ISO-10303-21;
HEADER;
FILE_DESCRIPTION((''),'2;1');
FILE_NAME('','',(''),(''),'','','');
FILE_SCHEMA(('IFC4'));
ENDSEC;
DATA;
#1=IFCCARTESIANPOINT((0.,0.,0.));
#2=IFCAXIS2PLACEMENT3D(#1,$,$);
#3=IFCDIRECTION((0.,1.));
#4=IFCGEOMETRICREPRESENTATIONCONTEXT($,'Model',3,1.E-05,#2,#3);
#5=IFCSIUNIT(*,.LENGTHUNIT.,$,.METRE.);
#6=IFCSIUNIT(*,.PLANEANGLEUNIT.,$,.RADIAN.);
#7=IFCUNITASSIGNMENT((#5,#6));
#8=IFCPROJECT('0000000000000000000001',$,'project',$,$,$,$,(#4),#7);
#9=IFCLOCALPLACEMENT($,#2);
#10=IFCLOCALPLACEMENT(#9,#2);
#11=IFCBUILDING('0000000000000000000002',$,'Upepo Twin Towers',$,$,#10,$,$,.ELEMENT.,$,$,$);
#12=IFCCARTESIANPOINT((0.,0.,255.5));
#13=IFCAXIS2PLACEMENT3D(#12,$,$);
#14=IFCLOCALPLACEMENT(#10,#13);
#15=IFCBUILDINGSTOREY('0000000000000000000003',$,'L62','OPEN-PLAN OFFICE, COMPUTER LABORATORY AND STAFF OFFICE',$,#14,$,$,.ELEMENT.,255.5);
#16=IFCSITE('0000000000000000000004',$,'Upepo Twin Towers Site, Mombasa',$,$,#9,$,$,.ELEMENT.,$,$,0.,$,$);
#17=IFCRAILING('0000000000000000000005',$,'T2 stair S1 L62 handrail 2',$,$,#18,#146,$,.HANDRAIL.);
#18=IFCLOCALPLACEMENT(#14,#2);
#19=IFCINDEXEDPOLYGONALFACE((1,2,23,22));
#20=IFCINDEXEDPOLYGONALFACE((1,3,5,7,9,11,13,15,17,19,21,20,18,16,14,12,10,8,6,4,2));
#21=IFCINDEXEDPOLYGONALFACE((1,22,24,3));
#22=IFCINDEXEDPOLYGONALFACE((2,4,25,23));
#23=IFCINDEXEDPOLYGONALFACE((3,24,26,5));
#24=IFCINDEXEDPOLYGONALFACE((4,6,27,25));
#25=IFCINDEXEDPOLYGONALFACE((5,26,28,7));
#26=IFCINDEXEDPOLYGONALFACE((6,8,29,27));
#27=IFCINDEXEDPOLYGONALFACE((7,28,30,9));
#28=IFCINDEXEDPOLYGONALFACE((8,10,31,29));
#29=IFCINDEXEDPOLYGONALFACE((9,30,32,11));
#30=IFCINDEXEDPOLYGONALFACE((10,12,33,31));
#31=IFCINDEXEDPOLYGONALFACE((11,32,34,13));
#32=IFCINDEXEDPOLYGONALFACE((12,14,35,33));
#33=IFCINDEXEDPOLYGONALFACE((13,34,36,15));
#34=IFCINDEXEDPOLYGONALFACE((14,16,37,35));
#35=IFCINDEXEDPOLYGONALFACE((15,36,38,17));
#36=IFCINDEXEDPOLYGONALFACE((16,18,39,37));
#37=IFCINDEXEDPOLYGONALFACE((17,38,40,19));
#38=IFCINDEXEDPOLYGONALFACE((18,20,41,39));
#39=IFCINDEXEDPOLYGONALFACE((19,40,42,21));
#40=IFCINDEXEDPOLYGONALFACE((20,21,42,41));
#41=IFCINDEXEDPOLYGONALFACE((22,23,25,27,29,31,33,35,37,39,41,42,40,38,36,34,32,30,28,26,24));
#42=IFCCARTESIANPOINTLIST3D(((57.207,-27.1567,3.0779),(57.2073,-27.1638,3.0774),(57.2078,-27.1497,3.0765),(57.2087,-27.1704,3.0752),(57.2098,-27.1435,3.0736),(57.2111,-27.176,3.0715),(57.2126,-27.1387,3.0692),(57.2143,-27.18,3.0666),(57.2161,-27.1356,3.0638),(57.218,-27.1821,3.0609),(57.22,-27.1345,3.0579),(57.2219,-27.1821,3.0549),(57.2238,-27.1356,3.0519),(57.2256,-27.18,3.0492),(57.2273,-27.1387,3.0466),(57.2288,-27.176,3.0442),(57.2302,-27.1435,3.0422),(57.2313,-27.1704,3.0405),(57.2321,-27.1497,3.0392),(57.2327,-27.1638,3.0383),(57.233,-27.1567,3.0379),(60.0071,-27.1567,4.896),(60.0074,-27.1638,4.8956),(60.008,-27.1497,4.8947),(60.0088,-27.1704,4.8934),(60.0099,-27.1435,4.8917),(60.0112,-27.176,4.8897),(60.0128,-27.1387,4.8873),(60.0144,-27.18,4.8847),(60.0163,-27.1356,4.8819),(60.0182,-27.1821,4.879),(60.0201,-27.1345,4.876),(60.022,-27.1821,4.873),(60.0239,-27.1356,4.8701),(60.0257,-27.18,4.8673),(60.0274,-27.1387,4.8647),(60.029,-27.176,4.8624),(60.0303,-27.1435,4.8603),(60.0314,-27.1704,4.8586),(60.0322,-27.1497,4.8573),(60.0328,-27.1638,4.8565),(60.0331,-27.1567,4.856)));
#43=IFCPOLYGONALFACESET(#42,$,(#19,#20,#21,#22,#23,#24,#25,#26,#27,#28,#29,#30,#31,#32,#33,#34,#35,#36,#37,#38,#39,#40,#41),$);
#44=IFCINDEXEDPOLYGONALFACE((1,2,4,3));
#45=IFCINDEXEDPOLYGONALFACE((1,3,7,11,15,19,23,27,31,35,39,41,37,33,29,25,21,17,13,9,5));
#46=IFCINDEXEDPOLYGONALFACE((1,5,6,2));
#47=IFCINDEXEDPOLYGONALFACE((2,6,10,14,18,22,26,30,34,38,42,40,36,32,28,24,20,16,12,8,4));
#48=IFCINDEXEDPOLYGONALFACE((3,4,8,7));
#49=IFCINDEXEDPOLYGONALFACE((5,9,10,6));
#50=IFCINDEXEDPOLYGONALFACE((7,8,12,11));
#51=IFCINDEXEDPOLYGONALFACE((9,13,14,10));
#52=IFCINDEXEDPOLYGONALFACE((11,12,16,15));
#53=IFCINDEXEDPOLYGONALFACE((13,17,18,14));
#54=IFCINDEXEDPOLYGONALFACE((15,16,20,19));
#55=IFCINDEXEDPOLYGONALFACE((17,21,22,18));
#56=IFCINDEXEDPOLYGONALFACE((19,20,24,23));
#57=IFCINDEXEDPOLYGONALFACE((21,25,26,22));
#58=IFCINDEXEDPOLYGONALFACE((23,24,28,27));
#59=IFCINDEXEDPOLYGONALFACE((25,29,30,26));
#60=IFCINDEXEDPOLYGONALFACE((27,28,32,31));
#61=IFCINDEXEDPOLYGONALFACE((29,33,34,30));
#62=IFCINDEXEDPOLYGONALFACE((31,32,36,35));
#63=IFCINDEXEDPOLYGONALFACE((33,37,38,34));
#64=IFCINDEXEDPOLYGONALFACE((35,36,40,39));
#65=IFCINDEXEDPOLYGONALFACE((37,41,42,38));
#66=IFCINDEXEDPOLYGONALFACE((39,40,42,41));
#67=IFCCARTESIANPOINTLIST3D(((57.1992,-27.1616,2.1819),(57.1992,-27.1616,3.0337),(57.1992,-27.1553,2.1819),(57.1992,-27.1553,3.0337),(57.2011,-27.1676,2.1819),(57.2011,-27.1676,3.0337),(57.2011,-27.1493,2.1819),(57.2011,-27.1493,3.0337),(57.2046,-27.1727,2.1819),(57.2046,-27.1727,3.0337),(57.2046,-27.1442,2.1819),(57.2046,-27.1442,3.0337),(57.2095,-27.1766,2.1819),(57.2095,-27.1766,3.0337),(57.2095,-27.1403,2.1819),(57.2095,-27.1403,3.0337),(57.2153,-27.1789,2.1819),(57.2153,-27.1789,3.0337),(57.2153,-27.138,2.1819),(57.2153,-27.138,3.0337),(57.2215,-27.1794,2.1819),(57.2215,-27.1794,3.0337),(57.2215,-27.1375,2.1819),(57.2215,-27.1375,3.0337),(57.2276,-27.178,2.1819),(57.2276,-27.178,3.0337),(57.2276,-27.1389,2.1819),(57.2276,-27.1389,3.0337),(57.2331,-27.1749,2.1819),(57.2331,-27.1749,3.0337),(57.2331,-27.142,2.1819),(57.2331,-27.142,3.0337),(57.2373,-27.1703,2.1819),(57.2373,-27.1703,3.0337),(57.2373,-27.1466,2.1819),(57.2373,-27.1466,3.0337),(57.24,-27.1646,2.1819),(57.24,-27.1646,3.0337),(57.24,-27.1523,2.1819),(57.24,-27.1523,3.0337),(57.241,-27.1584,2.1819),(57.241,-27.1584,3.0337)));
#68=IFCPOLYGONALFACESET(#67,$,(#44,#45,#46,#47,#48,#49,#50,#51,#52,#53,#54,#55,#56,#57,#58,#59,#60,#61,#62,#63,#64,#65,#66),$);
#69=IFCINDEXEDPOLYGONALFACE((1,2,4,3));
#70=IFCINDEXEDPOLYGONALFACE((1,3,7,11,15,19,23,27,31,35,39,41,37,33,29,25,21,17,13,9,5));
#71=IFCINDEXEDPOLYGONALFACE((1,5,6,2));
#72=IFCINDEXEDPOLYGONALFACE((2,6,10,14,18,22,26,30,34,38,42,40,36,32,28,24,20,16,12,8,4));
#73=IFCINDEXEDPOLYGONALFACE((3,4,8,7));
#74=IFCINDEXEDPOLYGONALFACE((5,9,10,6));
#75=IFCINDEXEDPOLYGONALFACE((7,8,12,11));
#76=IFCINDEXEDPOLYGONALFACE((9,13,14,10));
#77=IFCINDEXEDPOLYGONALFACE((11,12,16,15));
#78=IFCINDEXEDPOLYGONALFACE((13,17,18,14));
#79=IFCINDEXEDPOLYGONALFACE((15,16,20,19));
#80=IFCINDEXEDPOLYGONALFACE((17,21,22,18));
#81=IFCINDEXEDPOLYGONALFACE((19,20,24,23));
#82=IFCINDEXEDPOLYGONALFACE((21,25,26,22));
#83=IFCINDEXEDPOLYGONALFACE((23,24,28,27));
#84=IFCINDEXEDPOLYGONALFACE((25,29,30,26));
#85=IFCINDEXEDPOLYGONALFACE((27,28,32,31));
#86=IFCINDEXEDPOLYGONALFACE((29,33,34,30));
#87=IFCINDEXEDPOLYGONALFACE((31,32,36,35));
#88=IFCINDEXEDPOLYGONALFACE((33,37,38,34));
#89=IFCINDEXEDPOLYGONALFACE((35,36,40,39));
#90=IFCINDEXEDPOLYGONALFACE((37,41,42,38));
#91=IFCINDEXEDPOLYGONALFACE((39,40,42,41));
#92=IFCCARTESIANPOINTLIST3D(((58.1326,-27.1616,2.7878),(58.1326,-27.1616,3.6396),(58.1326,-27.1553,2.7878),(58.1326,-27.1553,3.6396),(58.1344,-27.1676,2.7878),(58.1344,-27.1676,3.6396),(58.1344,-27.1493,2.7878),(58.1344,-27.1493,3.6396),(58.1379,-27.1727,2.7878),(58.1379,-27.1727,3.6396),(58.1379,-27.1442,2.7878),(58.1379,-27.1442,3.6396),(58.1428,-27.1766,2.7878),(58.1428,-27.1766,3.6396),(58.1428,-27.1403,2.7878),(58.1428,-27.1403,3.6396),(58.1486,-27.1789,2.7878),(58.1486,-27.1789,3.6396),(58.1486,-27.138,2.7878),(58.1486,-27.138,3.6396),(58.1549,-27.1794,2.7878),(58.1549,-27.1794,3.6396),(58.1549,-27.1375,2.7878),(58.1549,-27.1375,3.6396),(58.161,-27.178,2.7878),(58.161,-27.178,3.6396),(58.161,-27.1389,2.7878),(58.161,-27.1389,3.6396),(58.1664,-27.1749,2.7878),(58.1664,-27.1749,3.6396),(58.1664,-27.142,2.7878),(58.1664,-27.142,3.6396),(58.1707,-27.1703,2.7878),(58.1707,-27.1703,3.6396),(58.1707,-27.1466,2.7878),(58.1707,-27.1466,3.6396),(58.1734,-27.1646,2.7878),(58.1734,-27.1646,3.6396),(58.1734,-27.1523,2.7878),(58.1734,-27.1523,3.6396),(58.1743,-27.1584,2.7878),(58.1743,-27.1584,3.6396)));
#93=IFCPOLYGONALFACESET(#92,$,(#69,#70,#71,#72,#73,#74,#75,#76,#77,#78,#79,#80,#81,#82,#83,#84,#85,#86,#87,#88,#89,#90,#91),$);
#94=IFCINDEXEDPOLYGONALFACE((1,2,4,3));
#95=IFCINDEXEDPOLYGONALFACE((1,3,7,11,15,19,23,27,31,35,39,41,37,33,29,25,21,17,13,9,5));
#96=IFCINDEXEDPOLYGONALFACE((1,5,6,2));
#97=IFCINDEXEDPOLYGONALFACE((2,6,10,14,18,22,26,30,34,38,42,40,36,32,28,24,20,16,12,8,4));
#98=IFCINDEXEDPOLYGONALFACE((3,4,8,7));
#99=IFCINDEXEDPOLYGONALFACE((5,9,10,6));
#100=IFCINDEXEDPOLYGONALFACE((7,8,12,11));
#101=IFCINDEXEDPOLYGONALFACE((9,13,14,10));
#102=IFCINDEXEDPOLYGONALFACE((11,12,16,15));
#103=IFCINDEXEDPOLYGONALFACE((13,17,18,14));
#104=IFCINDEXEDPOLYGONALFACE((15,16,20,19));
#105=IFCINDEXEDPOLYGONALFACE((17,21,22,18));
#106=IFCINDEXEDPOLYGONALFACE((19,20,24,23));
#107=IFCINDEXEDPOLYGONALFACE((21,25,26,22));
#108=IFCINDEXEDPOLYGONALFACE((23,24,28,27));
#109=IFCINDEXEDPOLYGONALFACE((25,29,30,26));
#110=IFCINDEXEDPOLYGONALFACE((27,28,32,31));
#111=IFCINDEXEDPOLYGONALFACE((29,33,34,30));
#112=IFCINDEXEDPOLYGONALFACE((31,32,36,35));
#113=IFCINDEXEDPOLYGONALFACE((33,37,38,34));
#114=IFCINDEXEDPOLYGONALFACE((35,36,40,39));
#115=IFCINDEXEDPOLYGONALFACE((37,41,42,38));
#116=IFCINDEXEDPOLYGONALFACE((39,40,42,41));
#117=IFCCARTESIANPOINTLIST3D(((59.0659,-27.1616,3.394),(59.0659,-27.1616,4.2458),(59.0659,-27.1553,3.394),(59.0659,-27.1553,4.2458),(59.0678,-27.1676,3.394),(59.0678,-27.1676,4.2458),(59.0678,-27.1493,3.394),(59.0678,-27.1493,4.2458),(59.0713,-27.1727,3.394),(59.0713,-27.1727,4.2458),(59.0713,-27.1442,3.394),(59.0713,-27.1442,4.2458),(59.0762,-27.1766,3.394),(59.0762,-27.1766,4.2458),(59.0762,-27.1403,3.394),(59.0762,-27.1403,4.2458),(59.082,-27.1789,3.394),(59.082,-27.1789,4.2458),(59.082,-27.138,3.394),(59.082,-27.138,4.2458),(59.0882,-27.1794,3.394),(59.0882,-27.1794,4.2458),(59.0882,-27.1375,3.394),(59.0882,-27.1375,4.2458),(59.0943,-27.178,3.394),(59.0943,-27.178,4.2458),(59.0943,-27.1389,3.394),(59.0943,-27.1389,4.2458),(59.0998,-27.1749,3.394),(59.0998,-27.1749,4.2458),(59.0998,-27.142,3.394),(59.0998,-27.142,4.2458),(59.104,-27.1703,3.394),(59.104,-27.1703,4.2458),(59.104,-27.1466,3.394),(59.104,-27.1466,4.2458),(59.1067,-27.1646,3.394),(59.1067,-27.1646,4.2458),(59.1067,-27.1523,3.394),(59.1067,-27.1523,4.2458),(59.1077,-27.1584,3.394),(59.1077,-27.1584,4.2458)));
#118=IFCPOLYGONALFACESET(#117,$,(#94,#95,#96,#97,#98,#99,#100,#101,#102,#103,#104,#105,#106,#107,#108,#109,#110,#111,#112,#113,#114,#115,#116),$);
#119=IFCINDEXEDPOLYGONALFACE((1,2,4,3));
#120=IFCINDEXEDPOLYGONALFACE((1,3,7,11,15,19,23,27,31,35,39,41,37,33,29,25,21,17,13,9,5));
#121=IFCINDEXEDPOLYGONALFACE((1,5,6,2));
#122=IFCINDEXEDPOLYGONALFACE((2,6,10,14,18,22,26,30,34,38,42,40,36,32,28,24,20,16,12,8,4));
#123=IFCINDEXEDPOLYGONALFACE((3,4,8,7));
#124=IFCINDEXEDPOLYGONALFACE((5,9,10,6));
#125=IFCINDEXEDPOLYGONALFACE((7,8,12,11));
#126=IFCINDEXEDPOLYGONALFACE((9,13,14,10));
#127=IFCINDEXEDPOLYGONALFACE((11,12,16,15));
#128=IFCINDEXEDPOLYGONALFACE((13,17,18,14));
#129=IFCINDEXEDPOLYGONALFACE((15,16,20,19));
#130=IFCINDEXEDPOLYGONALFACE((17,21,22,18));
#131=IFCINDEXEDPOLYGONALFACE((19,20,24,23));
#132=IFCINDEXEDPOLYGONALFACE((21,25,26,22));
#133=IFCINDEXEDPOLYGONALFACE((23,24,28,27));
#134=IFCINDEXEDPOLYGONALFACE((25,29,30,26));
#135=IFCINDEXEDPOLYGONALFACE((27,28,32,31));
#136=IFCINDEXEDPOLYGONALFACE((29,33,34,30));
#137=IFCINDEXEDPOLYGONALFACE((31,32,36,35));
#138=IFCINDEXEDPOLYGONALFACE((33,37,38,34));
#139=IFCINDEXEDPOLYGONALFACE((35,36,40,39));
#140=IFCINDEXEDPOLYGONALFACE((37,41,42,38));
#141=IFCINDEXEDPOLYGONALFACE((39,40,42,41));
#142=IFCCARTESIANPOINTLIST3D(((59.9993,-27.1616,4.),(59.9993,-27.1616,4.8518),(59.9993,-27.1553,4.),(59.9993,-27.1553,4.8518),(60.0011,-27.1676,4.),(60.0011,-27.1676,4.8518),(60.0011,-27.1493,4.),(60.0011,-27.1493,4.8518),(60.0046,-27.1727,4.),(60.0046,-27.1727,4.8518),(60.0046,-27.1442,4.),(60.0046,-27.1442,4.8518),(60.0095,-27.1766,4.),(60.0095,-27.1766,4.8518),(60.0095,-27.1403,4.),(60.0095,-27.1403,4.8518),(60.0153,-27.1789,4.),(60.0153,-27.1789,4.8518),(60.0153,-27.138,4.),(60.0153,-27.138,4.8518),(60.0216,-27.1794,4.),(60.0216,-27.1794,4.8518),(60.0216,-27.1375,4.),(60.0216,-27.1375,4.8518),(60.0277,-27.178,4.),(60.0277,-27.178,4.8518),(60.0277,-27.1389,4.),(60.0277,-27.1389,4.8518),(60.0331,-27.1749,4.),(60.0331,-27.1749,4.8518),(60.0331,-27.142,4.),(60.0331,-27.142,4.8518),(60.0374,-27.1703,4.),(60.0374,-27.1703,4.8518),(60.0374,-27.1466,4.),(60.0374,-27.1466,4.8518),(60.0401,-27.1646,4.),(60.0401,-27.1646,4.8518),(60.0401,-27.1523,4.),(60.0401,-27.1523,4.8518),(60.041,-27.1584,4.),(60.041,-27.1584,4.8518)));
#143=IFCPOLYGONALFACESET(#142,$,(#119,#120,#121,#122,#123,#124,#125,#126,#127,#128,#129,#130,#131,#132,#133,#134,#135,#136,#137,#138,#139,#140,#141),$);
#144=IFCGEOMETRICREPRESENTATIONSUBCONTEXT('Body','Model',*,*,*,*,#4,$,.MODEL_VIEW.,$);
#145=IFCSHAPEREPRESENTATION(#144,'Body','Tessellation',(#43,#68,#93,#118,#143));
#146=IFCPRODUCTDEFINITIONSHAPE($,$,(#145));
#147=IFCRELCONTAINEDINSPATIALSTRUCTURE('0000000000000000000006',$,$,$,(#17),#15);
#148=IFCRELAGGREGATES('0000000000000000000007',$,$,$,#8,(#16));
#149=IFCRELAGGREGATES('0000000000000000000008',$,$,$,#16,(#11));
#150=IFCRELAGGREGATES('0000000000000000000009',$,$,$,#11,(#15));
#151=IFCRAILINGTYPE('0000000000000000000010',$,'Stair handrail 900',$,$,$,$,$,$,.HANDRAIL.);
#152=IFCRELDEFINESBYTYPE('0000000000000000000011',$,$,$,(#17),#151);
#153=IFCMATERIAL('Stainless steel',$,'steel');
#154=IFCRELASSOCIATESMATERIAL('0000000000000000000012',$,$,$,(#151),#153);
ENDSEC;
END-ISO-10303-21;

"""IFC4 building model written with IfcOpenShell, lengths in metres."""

from ifc_helpers import new_model, si_unit, direction, frame, origin, origin_2d, place, context, subcontext, project, spatial, circle, extrude, material, type_object, element, save


model = new_model("IFC4")

# Units and contexts
model_context = context("Model", 3, precision=1e-05, world=origin(), true_north=direction((0.0, 1.0)))
body_context = subcontext(model_context, "Body", "Model", "MODEL_VIEW")
ifc_project = project(units=[si_unit("LENGTHUNIT", "METRE"), si_unit("PLANEANGLEUNIT", "RADIAN")], contexts=[model_context])

# Site, building, storey
site_placement = place(None, origin())
site = spatial("IfcSite", under=ifc_project, at=site_placement, Name="Upepo Twin Towers Site, Mombasa", CompositionType="ELEMENT", RefElevation=0.0)
building_placement = place(site_placement, origin())
building = spatial("IfcBuilding", under=site, at=building_placement, Name="Upepo Twin Towers", CompositionType="ELEMENT")
storey_placement = place(building_placement, frame((0.0, 0.0, 255.5)))
storey = spatial("IfcBuildingStorey", under=building, at=storey_placement, Name="L62", Description="OPEN-PLAN OFFICE, COMPUTER LABORATORY AND STAFF OFFICE", CompositionType="ELEMENT", Elevation=255.5)

# Railing
ifc_material_1 = material(Name="Stainless steel", Category="steel")
railing_type = type_object("IfcRailingType", Name="Stair handrail 900", PredefinedType="HANDRAIL", material=ifc_material_1)
railing_1_placement = place(storey_placement, frame((57.22, -27.1584, 2.1819)))
element("IfcRailing", 1, at=railing_1_placement, inside=storey, type_object=railing_type, Name="T2 stair S1 L62 handrail 2", PredefinedType="HANDRAIL", context=body_context, shape_type="SweptSolid", body=[
    extrude(circle(Radius=0.0239, at=origin_2d()), frame((0.0, 0.0, 0.876), z_axis=(0.838706, 0.0, 0.544585), x_axis=(0.0, 1.0, 0.0)), (0.0, 0.0, 1.0), 3.3386),
    extrude(circle(Radius=0.021, at=origin_2d()), origin(), (0.0, 0.0, 1.0), 0.8518),
    extrude(circle(Radius=0.021, at=origin_2d()), frame((0.9333, 0.0, 0.606)), (0.0, 0.0, 1.0), 0.8518),
    extrude(circle(Radius=0.021, at=origin_2d()), frame((1.8667, 0.0, 1.2122)), (0.0, 0.0, 1.0), 0.8518),
    extrude(circle(Radius=0.021, at=origin_2d()), frame((2.8, 0.0, 1.8181)), (0.0, 0.0, 1.0), 0.8518),
])

save(model, "model.ifc")
